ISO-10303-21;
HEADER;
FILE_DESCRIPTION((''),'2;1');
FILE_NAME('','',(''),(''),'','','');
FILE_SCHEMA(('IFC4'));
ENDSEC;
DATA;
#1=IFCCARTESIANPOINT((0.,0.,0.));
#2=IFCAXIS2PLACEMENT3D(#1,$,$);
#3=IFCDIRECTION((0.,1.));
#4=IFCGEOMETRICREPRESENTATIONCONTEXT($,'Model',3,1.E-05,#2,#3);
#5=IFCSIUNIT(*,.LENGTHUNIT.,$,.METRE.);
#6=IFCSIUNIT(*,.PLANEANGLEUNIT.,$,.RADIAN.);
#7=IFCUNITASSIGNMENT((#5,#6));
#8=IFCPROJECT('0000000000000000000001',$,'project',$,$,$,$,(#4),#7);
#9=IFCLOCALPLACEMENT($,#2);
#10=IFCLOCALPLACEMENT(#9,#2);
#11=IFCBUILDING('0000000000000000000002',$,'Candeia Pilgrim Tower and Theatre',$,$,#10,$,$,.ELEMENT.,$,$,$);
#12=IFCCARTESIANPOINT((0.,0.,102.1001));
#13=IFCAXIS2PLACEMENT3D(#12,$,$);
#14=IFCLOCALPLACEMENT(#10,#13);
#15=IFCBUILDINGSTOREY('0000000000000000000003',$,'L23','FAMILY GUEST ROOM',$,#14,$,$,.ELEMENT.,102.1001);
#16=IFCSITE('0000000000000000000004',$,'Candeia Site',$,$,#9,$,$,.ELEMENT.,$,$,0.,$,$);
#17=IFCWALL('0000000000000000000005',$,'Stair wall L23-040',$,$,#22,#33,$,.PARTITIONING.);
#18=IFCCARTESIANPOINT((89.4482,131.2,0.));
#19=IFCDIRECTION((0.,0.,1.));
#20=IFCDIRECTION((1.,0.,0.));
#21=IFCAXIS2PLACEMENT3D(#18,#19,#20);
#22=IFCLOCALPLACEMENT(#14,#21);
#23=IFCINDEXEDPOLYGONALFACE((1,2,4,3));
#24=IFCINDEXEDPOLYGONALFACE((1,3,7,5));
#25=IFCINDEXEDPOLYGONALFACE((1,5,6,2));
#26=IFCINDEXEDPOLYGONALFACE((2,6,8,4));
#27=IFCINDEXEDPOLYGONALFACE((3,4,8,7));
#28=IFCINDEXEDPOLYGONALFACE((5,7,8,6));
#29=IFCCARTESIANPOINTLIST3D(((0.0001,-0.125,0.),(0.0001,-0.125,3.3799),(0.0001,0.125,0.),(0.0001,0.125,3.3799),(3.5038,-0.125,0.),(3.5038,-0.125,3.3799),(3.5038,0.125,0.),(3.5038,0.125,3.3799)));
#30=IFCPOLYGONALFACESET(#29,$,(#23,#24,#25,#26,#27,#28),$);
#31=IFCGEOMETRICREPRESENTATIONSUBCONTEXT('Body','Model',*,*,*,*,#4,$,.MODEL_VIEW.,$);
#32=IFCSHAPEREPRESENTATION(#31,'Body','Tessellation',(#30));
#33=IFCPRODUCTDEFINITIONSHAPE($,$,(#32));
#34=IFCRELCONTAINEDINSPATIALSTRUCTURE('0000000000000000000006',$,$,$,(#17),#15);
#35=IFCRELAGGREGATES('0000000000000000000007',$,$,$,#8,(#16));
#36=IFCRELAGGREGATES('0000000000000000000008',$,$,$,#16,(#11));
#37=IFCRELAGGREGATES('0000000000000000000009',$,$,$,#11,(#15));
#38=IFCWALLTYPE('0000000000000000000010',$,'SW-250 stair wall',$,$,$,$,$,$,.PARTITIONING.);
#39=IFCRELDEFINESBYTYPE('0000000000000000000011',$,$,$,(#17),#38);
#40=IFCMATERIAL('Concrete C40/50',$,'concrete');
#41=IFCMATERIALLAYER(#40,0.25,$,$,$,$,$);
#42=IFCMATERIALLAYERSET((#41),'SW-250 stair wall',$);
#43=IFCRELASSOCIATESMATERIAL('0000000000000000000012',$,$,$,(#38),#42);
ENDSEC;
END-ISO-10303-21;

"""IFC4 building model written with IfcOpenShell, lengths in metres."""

from ifc_helpers import new_model, si_unit, direction, frame, frame_2d, origin, place, context, subcontext, project, spatial, rectangle, extrude, material, layer, layer_set, type_object, element, save


model = new_model("IFC4")

# Units and contexts
model_context = context("Model", 3, precision=1e-05, world=origin(), true_north=direction((0.0, 1.0)))
body_context = subcontext(model_context, "Body", "Model", "MODEL_VIEW")
ifc_project = project(units=[si_unit("LENGTHUNIT", "METRE"), si_unit("PLANEANGLEUNIT", "RADIAN")], contexts=[model_context])

# Site, building, storey
site_placement = place(None, origin())
site = spatial("IfcSite", under=ifc_project, at=site_placement, Name="Candeia Site", CompositionType="ELEMENT", RefElevation=0.0)
building_placement = place(site_placement, origin())
building = spatial("IfcBuilding", under=site, at=building_placement, Name="Candeia Pilgrim Tower and Theatre", CompositionType="ELEMENT")
storey_placement = place(building_placement, frame((0.0, 0.0, 102.1001)))
storey = spatial("IfcBuildingStorey", under=building, at=storey_placement, Name="L23", Description="FAMILY GUEST ROOM", CompositionType="ELEMENT", Elevation=102.1001)

# Wall
ifc_material_1 = material(Name="Concrete C40/50", Category="concrete")
ifc_layer_1 = layer(ifc_material_1, 0.25)
ifc_layer_set_1 = layer_set([ifc_layer_1], Name="SW-250 stair wall")
wall_type_1 = type_object("IfcWallType", Name="SW-250 stair wall", PredefinedType="PARTITIONING", material=ifc_layer_set_1)
wall_1_placement = place(storey_placement, frame((89.4482, 131.2, 0.0), z_axis=(0.0, 0.0, 1.0), x_axis=(1.0, 0.0, 0.0)))
element("IfcWall", 1, at=wall_1_placement, inside=storey, type_object=wall_type_1, Name="Stair wall L23-040", PredefinedType="PARTITIONING", context=body_context, shape_type="SweptSolid", body=[
    extrude(rectangle(XDim=3.5037, YDim=0.25, at=frame_2d((1.752, 0.0))), origin(), (0.0, 0.0, 1.0), 3.3799),
])

save(model, "model.ifc")
